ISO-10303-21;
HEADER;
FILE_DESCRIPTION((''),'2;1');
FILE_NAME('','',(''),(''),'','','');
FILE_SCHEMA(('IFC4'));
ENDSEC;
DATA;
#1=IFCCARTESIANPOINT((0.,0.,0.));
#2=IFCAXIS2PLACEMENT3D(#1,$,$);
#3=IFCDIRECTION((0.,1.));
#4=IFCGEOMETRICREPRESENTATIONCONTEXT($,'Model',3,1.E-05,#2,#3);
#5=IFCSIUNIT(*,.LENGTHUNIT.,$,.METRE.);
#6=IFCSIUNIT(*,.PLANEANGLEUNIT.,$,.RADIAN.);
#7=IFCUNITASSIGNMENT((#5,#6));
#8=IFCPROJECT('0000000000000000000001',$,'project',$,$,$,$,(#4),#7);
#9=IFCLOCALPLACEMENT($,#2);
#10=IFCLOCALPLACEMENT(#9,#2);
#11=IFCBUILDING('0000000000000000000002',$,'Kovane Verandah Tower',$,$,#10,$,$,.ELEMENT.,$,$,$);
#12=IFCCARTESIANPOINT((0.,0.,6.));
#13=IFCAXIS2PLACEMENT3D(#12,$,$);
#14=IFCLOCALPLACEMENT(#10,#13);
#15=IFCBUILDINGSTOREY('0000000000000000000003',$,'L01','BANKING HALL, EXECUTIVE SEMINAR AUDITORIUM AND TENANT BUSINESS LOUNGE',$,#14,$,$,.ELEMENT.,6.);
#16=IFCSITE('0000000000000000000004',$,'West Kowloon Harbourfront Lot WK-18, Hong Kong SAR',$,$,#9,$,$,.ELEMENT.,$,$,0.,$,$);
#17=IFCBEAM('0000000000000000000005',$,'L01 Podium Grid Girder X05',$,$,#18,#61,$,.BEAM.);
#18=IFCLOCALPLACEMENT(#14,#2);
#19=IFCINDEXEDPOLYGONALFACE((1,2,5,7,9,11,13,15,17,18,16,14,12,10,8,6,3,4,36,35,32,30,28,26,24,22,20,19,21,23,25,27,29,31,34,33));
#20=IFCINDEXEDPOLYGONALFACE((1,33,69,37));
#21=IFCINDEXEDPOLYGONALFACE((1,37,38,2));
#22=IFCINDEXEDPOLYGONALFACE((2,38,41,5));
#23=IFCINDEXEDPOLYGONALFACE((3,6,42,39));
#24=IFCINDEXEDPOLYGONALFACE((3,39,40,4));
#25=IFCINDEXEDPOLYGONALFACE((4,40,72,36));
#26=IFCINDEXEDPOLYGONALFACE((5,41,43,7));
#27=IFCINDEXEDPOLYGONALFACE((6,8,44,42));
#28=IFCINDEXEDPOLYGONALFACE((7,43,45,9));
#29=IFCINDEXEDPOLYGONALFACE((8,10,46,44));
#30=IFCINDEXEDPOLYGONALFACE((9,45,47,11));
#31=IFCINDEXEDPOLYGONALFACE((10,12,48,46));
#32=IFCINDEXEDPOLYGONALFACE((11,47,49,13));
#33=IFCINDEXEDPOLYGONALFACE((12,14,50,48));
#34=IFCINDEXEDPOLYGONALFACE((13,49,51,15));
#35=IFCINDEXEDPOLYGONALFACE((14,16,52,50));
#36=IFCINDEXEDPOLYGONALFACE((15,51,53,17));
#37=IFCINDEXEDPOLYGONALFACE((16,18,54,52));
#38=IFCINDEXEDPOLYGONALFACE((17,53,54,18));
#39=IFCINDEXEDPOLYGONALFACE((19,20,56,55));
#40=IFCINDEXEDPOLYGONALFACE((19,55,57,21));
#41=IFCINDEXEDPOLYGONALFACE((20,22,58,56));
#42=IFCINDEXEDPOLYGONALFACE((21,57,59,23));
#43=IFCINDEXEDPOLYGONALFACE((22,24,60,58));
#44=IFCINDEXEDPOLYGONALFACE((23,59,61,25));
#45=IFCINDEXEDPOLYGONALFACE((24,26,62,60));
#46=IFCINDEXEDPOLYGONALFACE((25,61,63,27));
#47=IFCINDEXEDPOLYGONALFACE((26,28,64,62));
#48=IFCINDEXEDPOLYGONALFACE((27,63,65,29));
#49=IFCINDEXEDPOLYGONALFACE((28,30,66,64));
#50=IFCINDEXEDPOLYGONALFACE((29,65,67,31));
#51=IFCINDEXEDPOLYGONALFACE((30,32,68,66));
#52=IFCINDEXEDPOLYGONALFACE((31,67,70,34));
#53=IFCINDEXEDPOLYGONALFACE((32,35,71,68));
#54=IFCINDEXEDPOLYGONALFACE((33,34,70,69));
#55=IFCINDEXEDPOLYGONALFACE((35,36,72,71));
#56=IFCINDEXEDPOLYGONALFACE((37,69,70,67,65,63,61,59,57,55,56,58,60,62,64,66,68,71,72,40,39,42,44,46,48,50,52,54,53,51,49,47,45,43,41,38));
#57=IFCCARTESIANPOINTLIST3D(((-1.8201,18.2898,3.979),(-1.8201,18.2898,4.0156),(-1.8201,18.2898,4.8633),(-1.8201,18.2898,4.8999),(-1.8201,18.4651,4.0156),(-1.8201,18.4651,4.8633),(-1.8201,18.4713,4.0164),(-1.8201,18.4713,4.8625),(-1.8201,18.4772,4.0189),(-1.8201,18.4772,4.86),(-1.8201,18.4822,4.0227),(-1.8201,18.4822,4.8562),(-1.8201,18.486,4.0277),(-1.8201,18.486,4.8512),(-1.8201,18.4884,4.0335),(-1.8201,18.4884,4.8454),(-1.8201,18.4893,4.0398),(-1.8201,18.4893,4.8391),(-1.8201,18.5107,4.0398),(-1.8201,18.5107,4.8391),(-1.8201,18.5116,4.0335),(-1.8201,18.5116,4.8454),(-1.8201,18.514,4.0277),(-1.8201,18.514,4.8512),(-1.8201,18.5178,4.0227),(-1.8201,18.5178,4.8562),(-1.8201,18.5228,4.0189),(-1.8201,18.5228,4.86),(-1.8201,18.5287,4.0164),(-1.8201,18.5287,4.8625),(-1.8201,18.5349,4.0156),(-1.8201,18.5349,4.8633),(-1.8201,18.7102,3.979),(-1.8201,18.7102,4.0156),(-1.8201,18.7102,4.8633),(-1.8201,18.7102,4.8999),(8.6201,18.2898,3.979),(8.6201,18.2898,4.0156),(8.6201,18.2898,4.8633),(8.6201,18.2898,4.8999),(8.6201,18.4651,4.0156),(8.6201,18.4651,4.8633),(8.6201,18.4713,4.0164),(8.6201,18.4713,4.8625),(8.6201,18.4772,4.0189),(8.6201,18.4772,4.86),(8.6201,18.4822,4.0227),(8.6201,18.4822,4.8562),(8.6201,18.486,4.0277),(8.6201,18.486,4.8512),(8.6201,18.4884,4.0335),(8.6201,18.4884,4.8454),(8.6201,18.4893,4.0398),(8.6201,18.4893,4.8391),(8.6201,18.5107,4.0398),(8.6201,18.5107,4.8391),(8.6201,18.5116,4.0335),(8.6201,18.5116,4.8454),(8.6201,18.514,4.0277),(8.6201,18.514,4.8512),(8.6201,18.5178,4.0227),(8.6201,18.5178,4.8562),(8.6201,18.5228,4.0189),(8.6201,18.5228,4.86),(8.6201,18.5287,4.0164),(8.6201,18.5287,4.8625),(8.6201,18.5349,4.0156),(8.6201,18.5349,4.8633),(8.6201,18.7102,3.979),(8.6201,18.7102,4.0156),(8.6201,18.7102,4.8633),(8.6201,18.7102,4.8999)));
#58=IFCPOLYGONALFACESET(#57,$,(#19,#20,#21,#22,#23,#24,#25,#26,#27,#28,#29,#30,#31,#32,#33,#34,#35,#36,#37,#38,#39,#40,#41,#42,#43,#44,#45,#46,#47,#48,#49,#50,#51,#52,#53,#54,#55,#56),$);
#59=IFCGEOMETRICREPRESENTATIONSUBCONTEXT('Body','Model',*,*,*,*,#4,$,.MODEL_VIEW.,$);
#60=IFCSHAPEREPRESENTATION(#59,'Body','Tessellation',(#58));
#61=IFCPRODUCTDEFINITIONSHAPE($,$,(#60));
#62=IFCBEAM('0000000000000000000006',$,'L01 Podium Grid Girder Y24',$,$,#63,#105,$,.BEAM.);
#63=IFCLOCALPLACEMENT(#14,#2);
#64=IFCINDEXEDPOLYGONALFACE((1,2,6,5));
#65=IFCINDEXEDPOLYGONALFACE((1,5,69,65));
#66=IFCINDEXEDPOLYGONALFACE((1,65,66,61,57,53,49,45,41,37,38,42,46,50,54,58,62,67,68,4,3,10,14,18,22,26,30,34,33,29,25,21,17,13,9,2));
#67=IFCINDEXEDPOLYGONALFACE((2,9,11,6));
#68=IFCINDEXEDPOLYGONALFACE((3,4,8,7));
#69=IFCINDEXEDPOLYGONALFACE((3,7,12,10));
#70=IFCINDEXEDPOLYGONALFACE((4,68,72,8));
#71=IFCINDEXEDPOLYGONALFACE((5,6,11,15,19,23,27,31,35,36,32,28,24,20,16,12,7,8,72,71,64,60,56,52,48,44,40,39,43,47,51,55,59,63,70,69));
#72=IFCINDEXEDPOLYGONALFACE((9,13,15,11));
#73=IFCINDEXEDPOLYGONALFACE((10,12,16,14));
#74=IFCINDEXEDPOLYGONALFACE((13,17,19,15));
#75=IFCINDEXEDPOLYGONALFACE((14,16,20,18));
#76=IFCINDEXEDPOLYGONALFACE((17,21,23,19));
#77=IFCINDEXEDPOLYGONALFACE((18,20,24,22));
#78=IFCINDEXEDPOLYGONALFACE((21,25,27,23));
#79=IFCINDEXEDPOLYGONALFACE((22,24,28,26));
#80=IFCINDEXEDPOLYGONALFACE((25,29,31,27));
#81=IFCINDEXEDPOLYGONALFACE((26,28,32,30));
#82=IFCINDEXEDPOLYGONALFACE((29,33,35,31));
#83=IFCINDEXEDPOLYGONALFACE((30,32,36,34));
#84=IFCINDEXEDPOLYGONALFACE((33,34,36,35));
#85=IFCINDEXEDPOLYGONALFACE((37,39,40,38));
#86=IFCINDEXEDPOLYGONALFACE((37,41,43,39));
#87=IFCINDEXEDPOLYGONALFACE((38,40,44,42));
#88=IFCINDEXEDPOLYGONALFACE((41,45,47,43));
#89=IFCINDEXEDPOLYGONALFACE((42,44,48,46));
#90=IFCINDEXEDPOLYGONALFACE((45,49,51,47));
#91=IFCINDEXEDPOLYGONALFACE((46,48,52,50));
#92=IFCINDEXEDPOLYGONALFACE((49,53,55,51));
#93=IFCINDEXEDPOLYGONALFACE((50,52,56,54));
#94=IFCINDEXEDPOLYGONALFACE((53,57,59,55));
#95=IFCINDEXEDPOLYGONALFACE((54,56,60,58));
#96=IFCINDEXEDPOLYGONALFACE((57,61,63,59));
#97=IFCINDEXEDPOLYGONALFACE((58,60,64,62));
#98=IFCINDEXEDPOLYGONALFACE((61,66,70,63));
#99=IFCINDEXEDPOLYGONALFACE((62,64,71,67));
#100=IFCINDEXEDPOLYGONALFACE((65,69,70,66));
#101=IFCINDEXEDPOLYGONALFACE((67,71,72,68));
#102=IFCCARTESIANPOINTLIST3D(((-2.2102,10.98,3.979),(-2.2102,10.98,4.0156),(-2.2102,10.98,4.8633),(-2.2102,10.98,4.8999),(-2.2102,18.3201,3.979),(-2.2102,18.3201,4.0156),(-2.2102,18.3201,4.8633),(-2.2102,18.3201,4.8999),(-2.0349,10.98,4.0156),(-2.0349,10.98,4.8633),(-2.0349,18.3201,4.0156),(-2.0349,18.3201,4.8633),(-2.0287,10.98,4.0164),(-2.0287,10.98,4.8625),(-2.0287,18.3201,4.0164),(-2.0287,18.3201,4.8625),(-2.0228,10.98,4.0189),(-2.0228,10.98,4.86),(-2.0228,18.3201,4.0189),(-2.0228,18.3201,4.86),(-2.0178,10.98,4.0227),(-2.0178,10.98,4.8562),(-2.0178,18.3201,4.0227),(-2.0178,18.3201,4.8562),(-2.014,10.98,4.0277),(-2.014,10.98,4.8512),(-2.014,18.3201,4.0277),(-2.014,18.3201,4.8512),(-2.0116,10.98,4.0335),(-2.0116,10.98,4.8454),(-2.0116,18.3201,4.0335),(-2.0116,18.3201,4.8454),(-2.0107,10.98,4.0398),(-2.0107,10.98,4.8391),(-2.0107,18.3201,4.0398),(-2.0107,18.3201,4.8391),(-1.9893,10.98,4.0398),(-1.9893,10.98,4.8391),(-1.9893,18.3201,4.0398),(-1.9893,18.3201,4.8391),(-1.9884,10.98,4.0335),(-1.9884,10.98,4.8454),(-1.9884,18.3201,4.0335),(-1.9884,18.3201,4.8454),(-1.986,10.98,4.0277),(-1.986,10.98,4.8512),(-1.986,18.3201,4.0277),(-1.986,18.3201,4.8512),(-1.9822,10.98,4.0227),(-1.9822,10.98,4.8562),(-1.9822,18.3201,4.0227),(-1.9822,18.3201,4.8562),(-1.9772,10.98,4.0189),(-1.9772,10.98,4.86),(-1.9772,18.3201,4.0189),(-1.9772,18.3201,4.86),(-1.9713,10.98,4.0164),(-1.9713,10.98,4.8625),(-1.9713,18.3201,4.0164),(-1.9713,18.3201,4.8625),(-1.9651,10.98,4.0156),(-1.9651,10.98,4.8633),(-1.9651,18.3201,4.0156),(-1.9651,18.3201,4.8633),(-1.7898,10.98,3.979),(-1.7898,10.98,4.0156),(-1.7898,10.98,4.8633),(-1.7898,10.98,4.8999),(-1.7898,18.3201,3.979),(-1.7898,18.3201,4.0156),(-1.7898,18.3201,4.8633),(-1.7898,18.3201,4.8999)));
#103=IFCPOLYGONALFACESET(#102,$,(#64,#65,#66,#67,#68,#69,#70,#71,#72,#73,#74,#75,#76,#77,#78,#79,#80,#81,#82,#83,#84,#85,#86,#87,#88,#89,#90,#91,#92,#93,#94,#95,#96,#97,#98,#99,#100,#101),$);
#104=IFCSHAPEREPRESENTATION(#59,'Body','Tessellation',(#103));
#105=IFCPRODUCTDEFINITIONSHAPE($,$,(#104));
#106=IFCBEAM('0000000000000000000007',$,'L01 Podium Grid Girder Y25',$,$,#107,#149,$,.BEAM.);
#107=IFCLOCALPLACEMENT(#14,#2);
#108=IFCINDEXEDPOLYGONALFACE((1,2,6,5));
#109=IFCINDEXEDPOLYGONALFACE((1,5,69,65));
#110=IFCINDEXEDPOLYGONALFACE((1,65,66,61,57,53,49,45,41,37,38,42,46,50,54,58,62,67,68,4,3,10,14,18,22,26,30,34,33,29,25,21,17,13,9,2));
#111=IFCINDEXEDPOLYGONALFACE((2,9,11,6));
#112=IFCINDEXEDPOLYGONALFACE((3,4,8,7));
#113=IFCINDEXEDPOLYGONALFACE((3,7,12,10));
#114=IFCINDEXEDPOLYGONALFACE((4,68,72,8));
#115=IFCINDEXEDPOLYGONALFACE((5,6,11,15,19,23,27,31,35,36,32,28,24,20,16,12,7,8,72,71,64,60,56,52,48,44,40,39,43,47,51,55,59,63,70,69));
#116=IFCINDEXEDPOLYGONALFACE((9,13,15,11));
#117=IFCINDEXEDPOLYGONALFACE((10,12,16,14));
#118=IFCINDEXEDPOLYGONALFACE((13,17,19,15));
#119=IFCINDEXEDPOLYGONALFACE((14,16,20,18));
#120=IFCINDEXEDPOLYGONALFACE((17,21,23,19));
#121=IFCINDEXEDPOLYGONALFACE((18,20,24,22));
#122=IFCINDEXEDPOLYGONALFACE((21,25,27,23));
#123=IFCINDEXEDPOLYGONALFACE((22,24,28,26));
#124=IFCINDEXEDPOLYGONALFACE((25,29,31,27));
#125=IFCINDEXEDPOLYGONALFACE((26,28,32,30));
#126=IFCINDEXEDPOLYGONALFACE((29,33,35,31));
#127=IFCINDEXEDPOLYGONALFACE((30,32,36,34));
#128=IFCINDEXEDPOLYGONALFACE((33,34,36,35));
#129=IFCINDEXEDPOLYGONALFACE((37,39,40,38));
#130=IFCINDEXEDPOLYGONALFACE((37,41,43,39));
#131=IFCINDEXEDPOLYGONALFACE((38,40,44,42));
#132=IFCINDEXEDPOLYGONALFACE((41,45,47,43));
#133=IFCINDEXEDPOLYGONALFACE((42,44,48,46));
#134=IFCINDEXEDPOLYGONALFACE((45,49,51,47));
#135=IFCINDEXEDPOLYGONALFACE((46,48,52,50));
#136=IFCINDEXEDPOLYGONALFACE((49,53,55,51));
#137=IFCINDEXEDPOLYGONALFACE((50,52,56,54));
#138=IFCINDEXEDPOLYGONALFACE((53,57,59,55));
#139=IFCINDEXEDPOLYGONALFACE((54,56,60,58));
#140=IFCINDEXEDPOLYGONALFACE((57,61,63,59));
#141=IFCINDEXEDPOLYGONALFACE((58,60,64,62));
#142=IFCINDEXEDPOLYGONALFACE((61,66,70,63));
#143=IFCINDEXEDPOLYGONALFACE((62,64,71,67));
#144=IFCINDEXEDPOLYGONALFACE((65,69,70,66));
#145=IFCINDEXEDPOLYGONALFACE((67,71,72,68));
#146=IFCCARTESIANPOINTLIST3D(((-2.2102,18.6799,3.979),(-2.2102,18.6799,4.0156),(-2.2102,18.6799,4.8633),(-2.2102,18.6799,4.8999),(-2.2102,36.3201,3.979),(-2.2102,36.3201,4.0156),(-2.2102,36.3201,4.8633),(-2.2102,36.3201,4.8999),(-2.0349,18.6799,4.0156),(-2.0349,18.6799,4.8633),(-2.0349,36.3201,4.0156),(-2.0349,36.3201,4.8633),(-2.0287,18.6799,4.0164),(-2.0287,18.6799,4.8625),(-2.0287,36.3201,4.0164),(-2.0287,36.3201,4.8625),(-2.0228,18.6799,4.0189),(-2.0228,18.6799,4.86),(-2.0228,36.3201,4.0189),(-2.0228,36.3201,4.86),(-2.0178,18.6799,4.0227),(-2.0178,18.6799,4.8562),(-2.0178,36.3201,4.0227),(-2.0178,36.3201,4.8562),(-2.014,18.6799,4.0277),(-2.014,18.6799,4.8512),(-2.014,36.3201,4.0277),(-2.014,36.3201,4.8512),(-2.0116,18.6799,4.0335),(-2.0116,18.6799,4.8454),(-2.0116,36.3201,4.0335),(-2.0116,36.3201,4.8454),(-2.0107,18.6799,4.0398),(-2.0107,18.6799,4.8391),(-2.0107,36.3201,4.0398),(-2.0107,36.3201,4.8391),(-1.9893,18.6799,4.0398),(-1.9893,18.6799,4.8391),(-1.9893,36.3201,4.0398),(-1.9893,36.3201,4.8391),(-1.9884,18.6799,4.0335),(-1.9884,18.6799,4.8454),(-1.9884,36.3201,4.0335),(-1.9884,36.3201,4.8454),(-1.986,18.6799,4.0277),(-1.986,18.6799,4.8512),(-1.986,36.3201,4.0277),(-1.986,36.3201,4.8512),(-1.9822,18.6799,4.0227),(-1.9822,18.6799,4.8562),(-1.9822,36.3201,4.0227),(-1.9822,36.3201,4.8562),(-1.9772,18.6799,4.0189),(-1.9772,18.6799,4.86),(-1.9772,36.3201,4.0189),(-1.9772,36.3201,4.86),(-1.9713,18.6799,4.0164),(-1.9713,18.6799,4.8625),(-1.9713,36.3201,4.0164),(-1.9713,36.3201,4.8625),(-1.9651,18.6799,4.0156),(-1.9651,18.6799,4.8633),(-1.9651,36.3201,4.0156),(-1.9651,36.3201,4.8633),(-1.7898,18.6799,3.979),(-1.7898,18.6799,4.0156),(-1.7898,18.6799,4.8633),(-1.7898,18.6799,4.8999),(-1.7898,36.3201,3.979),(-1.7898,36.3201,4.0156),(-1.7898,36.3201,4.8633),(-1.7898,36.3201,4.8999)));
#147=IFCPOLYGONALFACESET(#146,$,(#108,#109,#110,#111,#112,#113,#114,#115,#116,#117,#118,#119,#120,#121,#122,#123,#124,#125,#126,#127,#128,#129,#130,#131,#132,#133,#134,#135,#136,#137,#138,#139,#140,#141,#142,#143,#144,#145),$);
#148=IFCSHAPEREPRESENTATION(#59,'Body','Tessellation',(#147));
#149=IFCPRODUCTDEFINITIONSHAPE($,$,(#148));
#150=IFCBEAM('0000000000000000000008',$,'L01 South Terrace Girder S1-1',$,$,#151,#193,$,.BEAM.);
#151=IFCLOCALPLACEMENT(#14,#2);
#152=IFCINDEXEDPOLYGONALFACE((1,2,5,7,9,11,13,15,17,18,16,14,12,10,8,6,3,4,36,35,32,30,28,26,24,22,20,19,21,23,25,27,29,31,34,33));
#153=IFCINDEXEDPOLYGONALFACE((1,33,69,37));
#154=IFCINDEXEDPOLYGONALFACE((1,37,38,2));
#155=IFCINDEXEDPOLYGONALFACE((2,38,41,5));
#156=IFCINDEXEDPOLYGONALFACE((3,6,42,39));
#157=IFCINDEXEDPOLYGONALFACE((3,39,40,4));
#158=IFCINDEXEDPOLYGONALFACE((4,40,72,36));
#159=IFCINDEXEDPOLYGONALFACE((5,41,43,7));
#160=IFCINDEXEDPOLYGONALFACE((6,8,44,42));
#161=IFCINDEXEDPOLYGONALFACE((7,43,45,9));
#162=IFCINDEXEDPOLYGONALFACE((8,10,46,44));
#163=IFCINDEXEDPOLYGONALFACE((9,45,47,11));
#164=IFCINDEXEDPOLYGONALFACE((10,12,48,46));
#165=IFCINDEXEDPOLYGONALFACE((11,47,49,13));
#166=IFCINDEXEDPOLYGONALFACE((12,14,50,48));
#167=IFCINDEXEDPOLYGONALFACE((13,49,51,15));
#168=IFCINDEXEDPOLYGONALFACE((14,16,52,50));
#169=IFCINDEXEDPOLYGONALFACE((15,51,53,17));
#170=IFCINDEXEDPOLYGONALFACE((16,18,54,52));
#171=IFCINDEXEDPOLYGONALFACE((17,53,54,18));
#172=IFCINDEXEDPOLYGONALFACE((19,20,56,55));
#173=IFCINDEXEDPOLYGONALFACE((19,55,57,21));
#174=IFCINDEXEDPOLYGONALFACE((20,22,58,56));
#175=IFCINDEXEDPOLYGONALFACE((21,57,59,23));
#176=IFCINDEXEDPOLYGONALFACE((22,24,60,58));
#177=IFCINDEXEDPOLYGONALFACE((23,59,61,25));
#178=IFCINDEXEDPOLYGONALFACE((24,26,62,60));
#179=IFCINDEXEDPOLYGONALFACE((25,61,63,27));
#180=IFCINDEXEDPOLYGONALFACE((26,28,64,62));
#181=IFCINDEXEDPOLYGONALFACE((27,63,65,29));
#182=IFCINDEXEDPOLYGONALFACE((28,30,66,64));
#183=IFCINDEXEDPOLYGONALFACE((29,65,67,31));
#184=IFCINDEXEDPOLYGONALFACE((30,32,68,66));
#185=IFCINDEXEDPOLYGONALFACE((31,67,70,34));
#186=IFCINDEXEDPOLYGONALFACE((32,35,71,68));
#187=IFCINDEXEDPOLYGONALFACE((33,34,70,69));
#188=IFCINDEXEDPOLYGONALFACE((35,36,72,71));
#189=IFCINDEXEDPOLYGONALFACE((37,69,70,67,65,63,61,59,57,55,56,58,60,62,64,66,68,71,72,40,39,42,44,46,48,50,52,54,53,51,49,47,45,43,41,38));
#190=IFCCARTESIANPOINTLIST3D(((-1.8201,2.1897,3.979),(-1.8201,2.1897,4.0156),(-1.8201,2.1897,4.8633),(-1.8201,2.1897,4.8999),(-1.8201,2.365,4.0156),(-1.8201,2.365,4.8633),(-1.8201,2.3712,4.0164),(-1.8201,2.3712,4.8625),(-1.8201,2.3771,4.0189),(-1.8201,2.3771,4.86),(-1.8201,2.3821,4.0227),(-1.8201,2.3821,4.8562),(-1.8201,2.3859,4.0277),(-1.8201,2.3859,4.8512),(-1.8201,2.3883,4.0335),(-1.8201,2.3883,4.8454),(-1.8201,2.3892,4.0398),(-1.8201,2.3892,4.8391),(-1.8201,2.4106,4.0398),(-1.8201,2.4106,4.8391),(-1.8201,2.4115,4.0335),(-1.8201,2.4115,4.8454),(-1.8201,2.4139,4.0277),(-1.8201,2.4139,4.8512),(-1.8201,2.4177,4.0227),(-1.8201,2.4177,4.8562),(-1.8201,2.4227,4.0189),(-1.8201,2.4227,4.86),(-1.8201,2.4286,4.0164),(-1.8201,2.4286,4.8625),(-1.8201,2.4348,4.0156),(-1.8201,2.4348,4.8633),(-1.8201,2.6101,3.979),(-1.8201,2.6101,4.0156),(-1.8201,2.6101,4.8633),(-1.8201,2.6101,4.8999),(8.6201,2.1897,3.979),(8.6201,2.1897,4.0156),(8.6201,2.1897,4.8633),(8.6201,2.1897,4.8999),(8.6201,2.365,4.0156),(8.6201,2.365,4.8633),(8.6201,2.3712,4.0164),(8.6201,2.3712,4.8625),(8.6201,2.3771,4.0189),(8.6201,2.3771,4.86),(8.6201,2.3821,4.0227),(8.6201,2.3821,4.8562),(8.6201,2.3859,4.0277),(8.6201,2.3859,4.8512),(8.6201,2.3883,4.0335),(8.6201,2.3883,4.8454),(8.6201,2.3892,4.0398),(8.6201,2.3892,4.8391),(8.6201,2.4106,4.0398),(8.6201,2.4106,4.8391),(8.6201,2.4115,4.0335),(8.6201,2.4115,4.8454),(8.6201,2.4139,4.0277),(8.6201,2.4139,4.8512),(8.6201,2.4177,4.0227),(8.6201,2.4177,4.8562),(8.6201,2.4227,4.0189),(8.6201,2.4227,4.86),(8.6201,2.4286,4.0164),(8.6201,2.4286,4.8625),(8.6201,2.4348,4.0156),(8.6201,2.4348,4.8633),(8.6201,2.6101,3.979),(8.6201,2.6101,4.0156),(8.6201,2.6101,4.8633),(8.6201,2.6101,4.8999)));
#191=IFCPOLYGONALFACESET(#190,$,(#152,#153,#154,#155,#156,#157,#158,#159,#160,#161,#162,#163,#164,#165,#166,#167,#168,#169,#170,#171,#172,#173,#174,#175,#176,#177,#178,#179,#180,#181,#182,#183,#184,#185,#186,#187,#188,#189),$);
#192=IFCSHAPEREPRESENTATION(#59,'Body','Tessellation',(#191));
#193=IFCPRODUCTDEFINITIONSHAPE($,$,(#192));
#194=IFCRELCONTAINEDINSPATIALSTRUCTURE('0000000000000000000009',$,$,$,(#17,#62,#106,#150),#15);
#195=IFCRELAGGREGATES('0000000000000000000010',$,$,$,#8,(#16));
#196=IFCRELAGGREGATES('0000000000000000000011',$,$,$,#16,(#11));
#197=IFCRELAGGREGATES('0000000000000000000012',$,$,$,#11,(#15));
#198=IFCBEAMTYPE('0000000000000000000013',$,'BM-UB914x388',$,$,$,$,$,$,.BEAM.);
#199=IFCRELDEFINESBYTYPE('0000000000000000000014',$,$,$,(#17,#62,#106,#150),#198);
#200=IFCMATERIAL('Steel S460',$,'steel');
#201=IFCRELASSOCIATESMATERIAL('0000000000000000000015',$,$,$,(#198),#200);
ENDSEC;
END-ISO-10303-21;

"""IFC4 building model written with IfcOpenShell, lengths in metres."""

from ifc_helpers import new_model, si_unit, direction, frame, origin, origin_2d, place, context, subcontext, project, spatial, i_section, extrude, material, material_profile, profile_set, type_object, element, save


model = new_model("IFC4")

# Units and contexts
model_context = context("Model", 3, precision=1e-05, world=origin(), true_north=direction((0.0, 1.0)))
body_context = subcontext(model_context, "Body", "Model", "MODEL_VIEW")
ifc_project = project(units=[si_unit("LENGTHUNIT", "METRE"), si_unit("PLANEANGLEUNIT", "RADIAN")], contexts=[model_context])

# Site, building, storey
site_placement = place(None, origin())
site = spatial("IfcSite", under=ifc_project, at=site_placement, Name="West Kowloon Harbourfront Lot WK-18, Hong Kong SAR", CompositionType="ELEMENT", RefElevation=0.0)
building_placement = place(site_placement, origin())
building = spatial("IfcBuilding", under=site, at=building_placement, Name="Kovane Verandah Tower", CompositionType="ELEMENT")
storey_placement = place(building_placement, frame((0.0, 0.0, 6.0)))
storey = spatial("IfcBuildingStorey", under=building, at=storey_placement, Name="L01", Description="BANKING HALL, EXECUTIVE SEMINAR AUDITORIUM AND TENANT BUSINESS LOUNGE", CompositionType="ELEMENT", Elevation=6.0)

# Shared definitions
ifc_material_1 = material(Name="Steel S460", Category="steel")

# Beams
ifc_material_profile_1 = material_profile(ifc_material_1, i_section(OverallWidth=0.4204, OverallDepth=0.9209, WebThickness=0.0215, FlangeThickness=0.0366, FilletRadius=0.0242, at=origin_2d()), Name="UB914x419x388")
ifc_profile_set_1 = profile_set([ifc_material_profile_1], Name="Steel S460")
beam_type_1 = type_object("IfcBeamType", Name="BM-UB914x388", PredefinedType="BEAM", material=ifc_profile_set_1)
for number, where, z_axis, x_axis, name in (
    (1, (-1.8201, 18.5, 4.4395), (1.0, 0.0, 0.0), (0.0, 1.0, 0.0), "L01 Podium Grid Girder X05"),
):
    element("IfcBeam", number, at=place(storey_placement, frame(where, z_axis=z_axis, x_axis=x_axis)), inside=storey, type_object=beam_type_1, Name=name, PredefinedType="BEAM", context=body_context, shape_type="SweptSolid", body=[
        extrude(i_section(OverallWidth=0.4204, OverallDepth=0.9209, WebThickness=0.0215, FlangeThickness=0.0366, FilletRadius=0.0242, at=origin_2d()), origin(), (0.0, 0.0, 1.0), 10.4402),
    ])
beam_1_placement = place(storey_placement, frame((-2.0, 10.98, 4.4395), z_axis=(0.0, 1.0, 0.0), x_axis=(-1.0, 0.0, 0.0)))
element("IfcBeam", 2, at=beam_1_placement, inside=storey, type_object=beam_type_1, Name="L01 Podium Grid Girder Y24", PredefinedType="BEAM", context=body_context, shape_type="SweptSolid", body=[
    extrude(i_section(OverallWidth=0.4204, OverallDepth=0.9209, WebThickness=0.0215, FlangeThickness=0.0366, FilletRadius=0.0242, at=origin_2d()), origin(), (0.0, 0.0, 1.0), 7.3401),
])
beam_2_placement = place(storey_placement, frame((-2.0, 18.6799, 4.4395), z_axis=(0.0, 1.0, 0.0), x_axis=(-1.0, 0.0, 0.0)))
element("IfcBeam", 3, at=beam_2_placement, inside=storey, type_object=beam_type_1, Name="L01 Podium Grid Girder Y25", PredefinedType="BEAM", context=body_context, shape_type="SweptSolid", body=[
    extrude(i_section(OverallWidth=0.4204, OverallDepth=0.9209, WebThickness=0.0215, FlangeThickness=0.0366, FilletRadius=0.0242, at=origin_2d()), origin(), (0.0, 0.0, 1.0), 17.6401),
])
beam_3_placement = place(storey_placement, frame((-1.8201, 2.3999, 4.4395), z_axis=(1.0, 0.0, 0.0), x_axis=(0.0, 1.0, 0.0)))
element("IfcBeam", 4, at=beam_3_placement, inside=storey, type_object=beam_type_1, Name="L01 South Terrace Girder S1-1", PredefinedType="BEAM", context=body_context, shape_type="SweptSolid", body=[
    extrude(i_section(OverallWidth=0.4204, OverallDepth=0.9209, WebThickness=0.0215, FlangeThickness=0.0366, FilletRadius=0.0242, at=origin_2d()), origin(), (0.0, 0.0, 1.0), 10.4402),
])

save(model, "model.ifc")
